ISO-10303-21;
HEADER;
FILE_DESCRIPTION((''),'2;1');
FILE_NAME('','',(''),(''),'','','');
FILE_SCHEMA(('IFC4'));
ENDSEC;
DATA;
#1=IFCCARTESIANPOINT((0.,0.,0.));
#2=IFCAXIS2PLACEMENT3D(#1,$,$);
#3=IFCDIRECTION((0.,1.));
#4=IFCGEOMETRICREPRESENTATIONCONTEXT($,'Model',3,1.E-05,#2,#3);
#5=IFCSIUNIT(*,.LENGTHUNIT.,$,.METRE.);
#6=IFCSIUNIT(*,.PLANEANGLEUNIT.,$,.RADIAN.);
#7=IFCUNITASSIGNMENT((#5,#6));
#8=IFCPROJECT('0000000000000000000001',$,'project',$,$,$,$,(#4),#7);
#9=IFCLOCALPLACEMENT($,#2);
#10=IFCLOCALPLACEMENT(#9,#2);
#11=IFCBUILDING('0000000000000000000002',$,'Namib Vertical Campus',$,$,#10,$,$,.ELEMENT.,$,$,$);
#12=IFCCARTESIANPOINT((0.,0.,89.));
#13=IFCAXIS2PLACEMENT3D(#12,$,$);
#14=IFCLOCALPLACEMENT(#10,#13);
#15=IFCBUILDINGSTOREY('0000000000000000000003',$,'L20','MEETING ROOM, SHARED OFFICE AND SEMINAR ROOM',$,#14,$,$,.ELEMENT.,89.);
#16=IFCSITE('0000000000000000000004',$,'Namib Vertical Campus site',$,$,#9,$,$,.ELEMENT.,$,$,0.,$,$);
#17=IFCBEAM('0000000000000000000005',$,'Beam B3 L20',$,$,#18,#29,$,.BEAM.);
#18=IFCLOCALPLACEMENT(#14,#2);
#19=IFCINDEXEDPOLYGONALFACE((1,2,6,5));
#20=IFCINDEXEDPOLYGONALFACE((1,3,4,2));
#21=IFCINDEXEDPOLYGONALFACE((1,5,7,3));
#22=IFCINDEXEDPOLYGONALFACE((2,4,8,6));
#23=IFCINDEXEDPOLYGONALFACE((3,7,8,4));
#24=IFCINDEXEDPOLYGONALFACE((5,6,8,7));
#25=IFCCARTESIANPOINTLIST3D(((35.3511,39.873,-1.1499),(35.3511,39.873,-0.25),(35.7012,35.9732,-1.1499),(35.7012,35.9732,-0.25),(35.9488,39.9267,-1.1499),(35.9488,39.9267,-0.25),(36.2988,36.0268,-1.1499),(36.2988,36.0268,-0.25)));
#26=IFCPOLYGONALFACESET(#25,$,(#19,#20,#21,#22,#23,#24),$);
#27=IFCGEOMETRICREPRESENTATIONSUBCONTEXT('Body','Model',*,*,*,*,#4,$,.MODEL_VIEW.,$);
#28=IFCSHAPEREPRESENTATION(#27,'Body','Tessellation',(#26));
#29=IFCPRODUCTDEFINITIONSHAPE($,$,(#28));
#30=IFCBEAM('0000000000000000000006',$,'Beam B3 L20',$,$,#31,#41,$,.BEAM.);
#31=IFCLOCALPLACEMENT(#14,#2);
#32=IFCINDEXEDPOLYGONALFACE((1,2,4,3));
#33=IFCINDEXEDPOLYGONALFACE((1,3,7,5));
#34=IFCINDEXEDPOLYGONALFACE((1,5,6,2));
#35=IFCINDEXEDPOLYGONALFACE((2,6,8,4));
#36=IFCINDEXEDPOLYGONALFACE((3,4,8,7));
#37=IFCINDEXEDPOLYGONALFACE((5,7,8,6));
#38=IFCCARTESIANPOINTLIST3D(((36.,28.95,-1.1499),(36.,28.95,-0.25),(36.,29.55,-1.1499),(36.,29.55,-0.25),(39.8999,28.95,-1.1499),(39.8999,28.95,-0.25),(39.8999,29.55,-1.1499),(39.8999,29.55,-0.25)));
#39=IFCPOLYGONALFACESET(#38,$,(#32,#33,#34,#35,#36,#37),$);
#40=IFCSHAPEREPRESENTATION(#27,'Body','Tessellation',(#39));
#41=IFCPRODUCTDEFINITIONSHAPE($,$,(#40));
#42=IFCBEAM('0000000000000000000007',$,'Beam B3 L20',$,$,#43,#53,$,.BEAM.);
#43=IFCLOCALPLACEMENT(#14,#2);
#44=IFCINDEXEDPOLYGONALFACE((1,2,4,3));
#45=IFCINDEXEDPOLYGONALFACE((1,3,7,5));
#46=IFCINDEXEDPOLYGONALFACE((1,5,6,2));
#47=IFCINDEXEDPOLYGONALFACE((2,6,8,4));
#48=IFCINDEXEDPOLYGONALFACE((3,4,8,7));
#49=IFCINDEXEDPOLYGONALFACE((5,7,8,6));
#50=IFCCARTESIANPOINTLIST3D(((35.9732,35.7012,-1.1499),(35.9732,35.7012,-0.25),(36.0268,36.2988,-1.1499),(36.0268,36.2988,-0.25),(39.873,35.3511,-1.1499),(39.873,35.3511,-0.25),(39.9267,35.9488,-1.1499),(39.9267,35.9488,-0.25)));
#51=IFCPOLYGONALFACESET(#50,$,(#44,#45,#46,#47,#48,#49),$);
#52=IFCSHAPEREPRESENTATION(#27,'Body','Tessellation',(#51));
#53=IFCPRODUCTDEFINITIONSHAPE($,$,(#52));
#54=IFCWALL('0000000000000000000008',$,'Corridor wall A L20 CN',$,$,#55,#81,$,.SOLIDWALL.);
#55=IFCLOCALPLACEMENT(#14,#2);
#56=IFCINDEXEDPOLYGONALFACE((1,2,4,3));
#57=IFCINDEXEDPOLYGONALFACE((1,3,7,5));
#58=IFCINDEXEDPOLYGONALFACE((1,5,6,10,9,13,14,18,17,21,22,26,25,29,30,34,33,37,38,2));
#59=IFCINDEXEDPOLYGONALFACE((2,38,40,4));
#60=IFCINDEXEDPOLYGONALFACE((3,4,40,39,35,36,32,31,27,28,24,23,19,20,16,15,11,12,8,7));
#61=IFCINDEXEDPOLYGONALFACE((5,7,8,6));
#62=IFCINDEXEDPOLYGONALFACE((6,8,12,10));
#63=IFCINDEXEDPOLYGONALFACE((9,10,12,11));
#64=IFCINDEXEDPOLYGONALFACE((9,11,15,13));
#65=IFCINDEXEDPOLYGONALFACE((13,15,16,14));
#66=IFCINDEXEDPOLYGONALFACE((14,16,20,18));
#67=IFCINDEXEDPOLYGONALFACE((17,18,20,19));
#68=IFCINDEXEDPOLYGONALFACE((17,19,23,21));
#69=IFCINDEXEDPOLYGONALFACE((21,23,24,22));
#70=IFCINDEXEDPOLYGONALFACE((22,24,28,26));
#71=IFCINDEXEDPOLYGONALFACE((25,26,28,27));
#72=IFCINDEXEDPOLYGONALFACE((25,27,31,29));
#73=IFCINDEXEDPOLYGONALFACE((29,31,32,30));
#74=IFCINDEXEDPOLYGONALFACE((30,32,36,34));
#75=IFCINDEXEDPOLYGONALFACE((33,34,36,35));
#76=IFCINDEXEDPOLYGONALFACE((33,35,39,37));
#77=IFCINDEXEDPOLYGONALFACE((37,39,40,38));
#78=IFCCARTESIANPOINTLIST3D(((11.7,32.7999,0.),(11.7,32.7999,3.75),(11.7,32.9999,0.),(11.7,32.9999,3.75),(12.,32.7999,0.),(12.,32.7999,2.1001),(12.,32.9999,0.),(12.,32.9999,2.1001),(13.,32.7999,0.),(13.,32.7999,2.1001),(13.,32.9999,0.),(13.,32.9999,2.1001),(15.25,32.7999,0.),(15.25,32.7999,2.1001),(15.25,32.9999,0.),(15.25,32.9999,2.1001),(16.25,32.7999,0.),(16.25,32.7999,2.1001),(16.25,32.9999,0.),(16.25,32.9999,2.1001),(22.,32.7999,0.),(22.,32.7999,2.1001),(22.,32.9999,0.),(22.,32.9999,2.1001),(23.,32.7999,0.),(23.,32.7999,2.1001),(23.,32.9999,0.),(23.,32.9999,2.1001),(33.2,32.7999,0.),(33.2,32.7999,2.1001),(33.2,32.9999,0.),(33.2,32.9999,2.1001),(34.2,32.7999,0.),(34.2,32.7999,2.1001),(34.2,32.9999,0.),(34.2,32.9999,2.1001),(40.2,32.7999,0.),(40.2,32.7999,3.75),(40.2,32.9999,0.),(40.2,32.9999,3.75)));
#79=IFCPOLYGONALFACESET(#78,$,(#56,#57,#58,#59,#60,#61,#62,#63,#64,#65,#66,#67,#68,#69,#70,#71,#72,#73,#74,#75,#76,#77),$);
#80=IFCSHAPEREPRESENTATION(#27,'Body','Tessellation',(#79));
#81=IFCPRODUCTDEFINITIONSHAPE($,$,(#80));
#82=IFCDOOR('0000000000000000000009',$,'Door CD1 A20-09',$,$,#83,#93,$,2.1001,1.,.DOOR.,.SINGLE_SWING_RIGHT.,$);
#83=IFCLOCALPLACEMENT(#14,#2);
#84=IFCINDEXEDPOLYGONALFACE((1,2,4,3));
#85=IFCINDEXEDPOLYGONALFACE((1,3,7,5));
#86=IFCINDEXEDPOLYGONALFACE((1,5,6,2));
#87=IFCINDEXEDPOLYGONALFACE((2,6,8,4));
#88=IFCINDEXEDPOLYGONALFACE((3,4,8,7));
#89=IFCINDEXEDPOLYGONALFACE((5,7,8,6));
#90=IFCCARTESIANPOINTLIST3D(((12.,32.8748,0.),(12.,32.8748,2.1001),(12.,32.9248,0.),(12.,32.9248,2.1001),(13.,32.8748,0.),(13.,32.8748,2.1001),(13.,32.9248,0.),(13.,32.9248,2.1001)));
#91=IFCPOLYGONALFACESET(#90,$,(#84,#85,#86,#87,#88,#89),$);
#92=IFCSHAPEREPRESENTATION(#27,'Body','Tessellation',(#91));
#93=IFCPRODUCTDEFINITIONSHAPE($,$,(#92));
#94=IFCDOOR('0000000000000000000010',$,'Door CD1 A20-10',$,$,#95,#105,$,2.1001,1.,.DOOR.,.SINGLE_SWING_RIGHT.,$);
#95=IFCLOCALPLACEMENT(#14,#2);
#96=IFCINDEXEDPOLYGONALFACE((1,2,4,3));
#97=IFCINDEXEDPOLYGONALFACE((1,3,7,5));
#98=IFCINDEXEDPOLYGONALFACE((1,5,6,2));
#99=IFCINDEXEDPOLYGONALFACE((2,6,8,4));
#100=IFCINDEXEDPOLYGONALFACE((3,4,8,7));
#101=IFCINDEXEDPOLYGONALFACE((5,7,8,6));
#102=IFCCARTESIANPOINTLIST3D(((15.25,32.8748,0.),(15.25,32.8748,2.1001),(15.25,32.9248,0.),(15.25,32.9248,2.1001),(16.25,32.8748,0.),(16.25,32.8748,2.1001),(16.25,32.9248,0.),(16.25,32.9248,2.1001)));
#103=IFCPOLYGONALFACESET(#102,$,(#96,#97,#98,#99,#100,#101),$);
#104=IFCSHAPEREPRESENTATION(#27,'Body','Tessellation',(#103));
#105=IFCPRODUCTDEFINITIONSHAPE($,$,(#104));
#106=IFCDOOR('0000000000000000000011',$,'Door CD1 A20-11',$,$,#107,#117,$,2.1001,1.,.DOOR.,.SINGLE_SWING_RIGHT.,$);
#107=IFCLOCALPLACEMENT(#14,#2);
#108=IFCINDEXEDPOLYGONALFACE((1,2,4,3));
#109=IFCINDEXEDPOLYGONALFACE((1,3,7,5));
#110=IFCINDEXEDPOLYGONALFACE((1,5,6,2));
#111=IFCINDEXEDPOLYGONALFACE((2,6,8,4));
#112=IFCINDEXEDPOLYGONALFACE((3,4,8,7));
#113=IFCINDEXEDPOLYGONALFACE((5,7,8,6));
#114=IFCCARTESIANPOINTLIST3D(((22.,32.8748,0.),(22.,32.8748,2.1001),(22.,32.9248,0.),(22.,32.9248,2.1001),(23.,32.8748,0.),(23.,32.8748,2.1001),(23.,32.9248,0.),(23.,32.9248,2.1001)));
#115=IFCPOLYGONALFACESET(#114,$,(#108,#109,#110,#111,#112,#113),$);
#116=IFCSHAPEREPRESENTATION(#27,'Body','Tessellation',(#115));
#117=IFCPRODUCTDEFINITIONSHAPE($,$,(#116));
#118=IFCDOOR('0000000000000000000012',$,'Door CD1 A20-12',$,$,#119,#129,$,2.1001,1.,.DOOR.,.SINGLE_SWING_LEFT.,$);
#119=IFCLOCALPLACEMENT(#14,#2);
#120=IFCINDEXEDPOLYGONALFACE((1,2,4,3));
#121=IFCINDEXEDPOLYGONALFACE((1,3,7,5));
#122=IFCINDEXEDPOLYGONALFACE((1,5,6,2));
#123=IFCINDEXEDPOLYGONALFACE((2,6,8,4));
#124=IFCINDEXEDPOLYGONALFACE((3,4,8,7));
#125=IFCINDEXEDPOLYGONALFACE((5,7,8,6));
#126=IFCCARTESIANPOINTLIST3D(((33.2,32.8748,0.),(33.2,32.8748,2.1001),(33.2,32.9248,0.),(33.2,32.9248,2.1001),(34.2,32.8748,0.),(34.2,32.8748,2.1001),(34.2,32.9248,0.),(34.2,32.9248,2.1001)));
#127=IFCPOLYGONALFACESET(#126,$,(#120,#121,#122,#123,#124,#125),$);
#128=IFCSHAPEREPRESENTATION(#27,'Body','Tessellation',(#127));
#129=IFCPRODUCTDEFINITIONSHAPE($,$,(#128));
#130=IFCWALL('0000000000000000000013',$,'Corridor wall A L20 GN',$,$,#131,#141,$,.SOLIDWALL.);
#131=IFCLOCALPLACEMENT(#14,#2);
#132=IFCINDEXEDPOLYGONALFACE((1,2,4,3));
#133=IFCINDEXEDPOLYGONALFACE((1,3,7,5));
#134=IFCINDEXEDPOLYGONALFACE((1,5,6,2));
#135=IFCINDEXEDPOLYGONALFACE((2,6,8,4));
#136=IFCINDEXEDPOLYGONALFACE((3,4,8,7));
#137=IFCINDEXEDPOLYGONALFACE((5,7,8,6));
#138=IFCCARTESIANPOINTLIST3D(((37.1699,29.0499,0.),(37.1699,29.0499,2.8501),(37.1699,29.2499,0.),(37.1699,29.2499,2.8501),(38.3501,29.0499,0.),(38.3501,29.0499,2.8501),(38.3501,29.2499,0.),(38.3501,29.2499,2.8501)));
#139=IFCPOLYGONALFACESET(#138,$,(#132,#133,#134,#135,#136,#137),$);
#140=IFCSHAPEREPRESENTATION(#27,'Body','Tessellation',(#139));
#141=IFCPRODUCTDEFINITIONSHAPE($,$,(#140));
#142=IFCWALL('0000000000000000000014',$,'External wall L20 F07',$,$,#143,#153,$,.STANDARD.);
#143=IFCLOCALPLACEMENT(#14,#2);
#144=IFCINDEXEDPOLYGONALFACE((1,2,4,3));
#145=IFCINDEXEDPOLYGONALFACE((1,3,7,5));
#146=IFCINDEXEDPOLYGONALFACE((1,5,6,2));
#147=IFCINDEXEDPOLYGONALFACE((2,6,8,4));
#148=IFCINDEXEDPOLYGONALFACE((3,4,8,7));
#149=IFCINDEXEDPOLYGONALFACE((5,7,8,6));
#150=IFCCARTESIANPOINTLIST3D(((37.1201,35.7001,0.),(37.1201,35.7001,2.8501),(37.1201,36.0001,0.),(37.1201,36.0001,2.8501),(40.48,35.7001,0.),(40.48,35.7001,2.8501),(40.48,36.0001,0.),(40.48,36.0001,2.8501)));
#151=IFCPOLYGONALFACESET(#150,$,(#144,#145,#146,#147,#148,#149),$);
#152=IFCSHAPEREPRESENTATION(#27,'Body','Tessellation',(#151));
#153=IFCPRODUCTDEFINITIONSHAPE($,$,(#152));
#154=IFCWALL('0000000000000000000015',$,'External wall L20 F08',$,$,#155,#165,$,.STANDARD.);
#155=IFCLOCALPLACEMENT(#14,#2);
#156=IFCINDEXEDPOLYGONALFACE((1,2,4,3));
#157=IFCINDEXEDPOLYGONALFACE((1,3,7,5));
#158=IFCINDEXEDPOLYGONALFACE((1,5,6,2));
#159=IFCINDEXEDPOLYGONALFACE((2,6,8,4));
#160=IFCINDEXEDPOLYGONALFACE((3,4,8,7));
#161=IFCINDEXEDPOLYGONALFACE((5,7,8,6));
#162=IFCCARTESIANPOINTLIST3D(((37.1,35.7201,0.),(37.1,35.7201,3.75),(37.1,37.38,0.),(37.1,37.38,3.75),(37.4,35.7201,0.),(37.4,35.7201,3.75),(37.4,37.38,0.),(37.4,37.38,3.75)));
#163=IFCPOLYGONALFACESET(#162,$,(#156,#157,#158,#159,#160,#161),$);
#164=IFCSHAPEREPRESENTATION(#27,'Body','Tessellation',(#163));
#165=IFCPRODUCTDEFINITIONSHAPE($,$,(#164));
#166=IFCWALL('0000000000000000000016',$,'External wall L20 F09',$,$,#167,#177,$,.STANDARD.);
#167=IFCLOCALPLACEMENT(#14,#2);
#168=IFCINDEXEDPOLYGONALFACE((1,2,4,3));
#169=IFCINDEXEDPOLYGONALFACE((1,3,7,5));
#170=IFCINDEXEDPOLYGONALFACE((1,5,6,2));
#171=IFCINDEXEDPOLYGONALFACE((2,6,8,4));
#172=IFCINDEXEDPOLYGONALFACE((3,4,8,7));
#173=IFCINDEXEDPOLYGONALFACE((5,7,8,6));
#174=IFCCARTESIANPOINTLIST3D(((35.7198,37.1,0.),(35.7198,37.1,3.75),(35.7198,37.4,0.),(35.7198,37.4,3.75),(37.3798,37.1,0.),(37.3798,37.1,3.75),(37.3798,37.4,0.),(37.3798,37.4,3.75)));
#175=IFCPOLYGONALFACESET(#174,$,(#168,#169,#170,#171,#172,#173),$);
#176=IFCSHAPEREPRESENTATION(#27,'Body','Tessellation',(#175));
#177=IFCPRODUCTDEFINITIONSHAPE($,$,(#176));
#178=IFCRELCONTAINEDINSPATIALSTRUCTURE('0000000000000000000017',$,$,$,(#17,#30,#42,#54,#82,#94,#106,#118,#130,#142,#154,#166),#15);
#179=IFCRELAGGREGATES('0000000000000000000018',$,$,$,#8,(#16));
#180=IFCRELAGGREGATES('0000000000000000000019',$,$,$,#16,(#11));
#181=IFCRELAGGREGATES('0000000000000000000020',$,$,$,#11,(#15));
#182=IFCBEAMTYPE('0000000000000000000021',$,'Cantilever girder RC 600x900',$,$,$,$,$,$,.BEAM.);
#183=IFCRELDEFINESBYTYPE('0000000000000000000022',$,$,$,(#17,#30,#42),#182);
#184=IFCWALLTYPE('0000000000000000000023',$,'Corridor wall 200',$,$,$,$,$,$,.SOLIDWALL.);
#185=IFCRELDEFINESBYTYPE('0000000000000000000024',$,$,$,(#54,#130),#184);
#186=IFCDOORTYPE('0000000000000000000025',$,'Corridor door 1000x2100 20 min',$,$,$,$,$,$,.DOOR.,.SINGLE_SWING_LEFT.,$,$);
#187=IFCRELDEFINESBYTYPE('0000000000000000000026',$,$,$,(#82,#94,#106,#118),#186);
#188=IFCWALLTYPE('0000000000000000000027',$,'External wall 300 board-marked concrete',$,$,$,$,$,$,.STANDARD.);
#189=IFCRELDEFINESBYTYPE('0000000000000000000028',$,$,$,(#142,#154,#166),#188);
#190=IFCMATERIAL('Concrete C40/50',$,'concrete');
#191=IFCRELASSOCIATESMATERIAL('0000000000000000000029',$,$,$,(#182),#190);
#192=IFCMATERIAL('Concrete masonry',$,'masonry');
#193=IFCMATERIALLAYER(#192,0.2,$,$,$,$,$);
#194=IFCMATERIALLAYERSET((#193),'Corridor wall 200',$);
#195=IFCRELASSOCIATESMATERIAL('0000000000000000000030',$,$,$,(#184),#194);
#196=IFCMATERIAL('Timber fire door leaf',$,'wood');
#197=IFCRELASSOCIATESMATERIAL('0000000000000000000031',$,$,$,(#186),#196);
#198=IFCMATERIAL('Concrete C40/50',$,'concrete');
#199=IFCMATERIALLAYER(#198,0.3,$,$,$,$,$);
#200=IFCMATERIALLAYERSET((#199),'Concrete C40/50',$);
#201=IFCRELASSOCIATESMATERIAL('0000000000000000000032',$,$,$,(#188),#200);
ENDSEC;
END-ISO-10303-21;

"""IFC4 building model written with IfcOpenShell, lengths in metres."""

from ifc_helpers import new_model, si_unit, direction, frame, frame_2d, origin, origin_2d, place, context, subcontext, project, spatial, rectangle, extrude, material, layer, layer_set, material_profile, profile_set, type_object, element, fill, save


model = new_model("IFC4")

# Units and contexts
model_context = context("Model", 3, precision=1e-05, world=origin(), true_north=direction((0.0, 1.0)))
body_context = subcontext(model_context, "Body", "Model", "MODEL_VIEW")
ifc_project = project(units=[si_unit("LENGTHUNIT", "METRE"), si_unit("PLANEANGLEUNIT", "RADIAN")], contexts=[model_context])

# Site, building, storey
site_placement = place(None, origin())
site = spatial("IfcSite", under=ifc_project, at=site_placement, Name="Namib Vertical Campus site", CompositionType="ELEMENT", RefElevation=0.0)
building_placement = place(site_placement, origin())
building = spatial("IfcBuilding", under=site, at=building_placement, Name="Namib Vertical Campus", CompositionType="ELEMENT")
storey_placement = place(building_placement, frame((0.0, 0.0, 89.0)))
storey = spatial("IfcBuildingStorey", under=building, at=storey_placement, Name="L20", Description="MEETING ROOM, SHARED OFFICE AND SEMINAR ROOM", CompositionType="ELEMENT", Elevation=89.0)

# Beams
ifc_material_1 = material(Name="Concrete C40/50", Category="concrete")
ifc_material_profile = material_profile(ifc_material_1, rectangle(XDim=0.6001, YDim=0.8999, at=origin_2d()))
ifc_profile_set = profile_set([ifc_material_profile], Name="Concrete C40/50")
beam_type = type_object("IfcBeamType", Name="Cantilever girder RC 600x900", PredefinedType="BEAM", material=ifc_profile_set)
beam_1_placement = place(storey_placement, frame((36.0, 36.0, -0.7), z_axis=(-0.089411, 0.995995, 0.0), x_axis=(-0.995995, -0.089411, 0.0)))
element("IfcBeam", 1, at=beam_1_placement, inside=storey, type_object=beam_type, Name="Beam B3 L20", PredefinedType="BEAM", context=body_context, shape_type="SweptSolid", body=[
    extrude(rectangle(XDim=0.6001, YDim=0.8999, at=origin_2d()), origin(), (0.0, 0.0, 1.0), 3.9155),
])
beam_2_placement = place(storey_placement, frame((36.0, 29.25, -0.7), z_axis=(1.0, 0.0, 0.0), x_axis=(0.0, 1.0, 0.0)))
element("IfcBeam", 2, at=beam_2_placement, inside=storey, type_object=beam_type, Name="Beam B3 L20", PredefinedType="BEAM", context=body_context, shape_type="SweptSolid", body=[
    extrude(rectangle(XDim=0.6001, YDim=0.8999, at=origin_2d()), origin(), (0.0, 0.0, 1.0), 3.8999),
])
beam_3_placement = place(storey_placement, frame((36.0, 36.0, -0.7), z_axis=(0.995995, -0.089411, 0.0), x_axis=(0.089411, 0.995995, 0.0)))
element("IfcBeam", 3, at=beam_3_placement, inside=storey, type_object=beam_type, Name="Beam B3 L20", PredefinedType="BEAM", context=body_context, shape_type="SweptSolid", body=[
    extrude(rectangle(XDim=0.6001, YDim=0.8999, at=origin_2d()), origin(), (0.0, 0.0, 1.0), 3.9155),
])

# Wall, openings, doors
ifc_material_2 = material(Name="Concrete masonry", Category="masonry")
ifc_layer_1 = layer(ifc_material_2, 0.2)
ifc_layer_set_1 = layer_set([ifc_layer_1], Name="Corridor wall 200")
wall_type_1 = type_object("IfcWallType", Name="Corridor wall 200", PredefinedType="SOLIDWALL", material=ifc_layer_set_1)
wall_1_placement = place(storey_placement, frame((40.2, 32.8999, 0.0), z_axis=(0.0, 0.0, 1.0), x_axis=(-1.0, 0.0, 0.0)))
wall_1 = element("IfcWall", 4, at=wall_1_placement, inside=storey, type_object=wall_type_1, Name="Corridor wall A L20 CN", PredefinedType="SOLIDWALL", context=body_context, shape_type="SweptSolid", body=[
    extrude(rectangle(XDim=28.5, YDim=0.2, at=frame_2d((14.25, 0.0))), origin(), (0.0, 0.0, 1.0), 3.75),
])
opening_1_placement = place(wall_1_placement, frame((27.2, 0.0, 0.0)))
opening_1 = element("IfcOpeningElement", 5, at=opening_1_placement, cuts=wall_1, PredefinedType="OPENING", context=body_context, shape_type="SweptSolid", body=[
    extrude(rectangle(XDim=1.0, YDim=2.1001, at=frame_2d((0.5, 1.05))), frame((0.0, 0.1099, 0.0), z_axis=(0.0, -1.0, 0.0), x_axis=(1.0, 0.0, 0.0)), (0.0, 0.0, 1.0), 0.22),
])
opening_2_placement = place(wall_1_placement, frame((23.95, 0.0, 0.0)))
opening_2 = element("IfcOpeningElement", 6, at=opening_2_placement, cuts=wall_1, PredefinedType="OPENING", context=body_context, shape_type="SweptSolid", body=[
    extrude(rectangle(XDim=1.0, YDim=2.1001, at=frame_2d((0.5, 1.05))), frame((0.0, 0.1099, 0.0), z_axis=(0.0, -1.0, 0.0), x_axis=(1.0, 0.0, 0.0)), (0.0, 0.0, 1.0), 0.22),
])
opening_3_placement = place(wall_1_placement, frame((17.2, 0.0, 0.0)))
opening_3 = element("IfcOpeningElement", 7, at=opening_3_placement, cuts=wall_1, PredefinedType="OPENING", context=body_context, shape_type="SweptSolid", body=[
    extrude(rectangle(XDim=1.0, YDim=2.1001, at=frame_2d((0.5, 1.05))), frame((0.0, 0.1099, 0.0), z_axis=(0.0, -1.0, 0.0), x_axis=(1.0, 0.0, 0.0)), (0.0, 0.0, 1.0), 0.22),
])
opening_4_placement = place(wall_1_placement, frame((6.0, 0.0, 0.0)))
opening_4 = element("IfcOpeningElement", 8, at=opening_4_placement, cuts=wall_1, PredefinedType="OPENING", context=body_context, shape_type="SweptSolid", body=[
    extrude(rectangle(XDim=1.0, YDim=2.1001, at=frame_2d((0.5, 1.05))), frame((0.0, 0.1099, 0.0), z_axis=(0.0, -1.0, 0.0), x_axis=(1.0, 0.0, 0.0)), (0.0, 0.0, 1.0), 0.22),
])
ifc_material_3 = material(Name="Timber fire door leaf", Category="wood")
door_type = type_object("IfcDoorType", Name="Corridor door 1000x2100 20 min", OperationType="SINGLE_SWING_LEFT", PredefinedType="DOOR", material=ifc_material_3)
door_1_placement = place(opening_1_placement, frame((1.0, 0.0, 0.0), z_axis=(0.0, 0.0, 1.0), x_axis=(-1.0, 0.0, 0.0)))
door_1 = element("IfcDoor", 9, at=door_1_placement, inside=storey, type_object=door_type, Name="Door CD1 A20-09", OperationType="SINGLE_SWING_RIGHT", OverallHeight=2.1001, OverallWidth=1.0, PredefinedType="DOOR", context=body_context, shape_type="SweptSolid", body=[
    extrude(rectangle(XDim=1.0, YDim=2.1001, at=frame_2d((0.5, 1.05))), frame((0.0, 0.0249, 0.0), z_axis=(0.0, -1.0, 0.0), x_axis=(1.0, 0.0, 0.0)), (0.0, 0.0, 1.0), 0.05),
])
fill(opening_1, door_1)
door_2_placement = place(opening_2_placement, frame((1.0, 0.0, 0.0), z_axis=(0.0, 0.0, 1.0), x_axis=(-1.0, 0.0, 0.0)))
door_2 = element("IfcDoor", 10, at=door_2_placement, inside=storey, type_object=door_type, Name="Door CD1 A20-10", OperationType="SINGLE_SWING_RIGHT", OverallHeight=2.1001, OverallWidth=1.0, PredefinedType="DOOR", context=body_context, shape_type="SweptSolid", body=[
    extrude(rectangle(XDim=1.0, YDim=2.1001, at=frame_2d((0.5, 1.05))), frame((0.0, 0.0249, 0.0), z_axis=(0.0, -1.0, 0.0), x_axis=(1.0, 0.0, 0.0)), (0.0, 0.0, 1.0), 0.05),
])
fill(opening_2, door_2)
door_3_placement = place(opening_3_placement, frame((1.0, 0.0, 0.0), z_axis=(0.0, 0.0, 1.0), x_axis=(-1.0, 0.0, 0.0)))
door_3 = element("IfcDoor", 11, at=door_3_placement, inside=storey, type_object=door_type, Name="Door CD1 A20-11", OperationType="SINGLE_SWING_RIGHT", OverallHeight=2.1001, OverallWidth=1.0, PredefinedType="DOOR", context=body_context, shape_type="SweptSolid", body=[
    extrude(rectangle(XDim=1.0, YDim=2.1001, at=frame_2d((0.5, 1.05))), frame((0.0, 0.0249, 0.0), z_axis=(0.0, -1.0, 0.0), x_axis=(1.0, 0.0, 0.0)), (0.0, 0.0, 1.0), 0.05),
])
fill(opening_3, door_3)
door_4_placement = place(opening_4_placement, frame((1.0, 0.0, 0.0), z_axis=(0.0, 0.0, 1.0), x_axis=(-1.0, 0.0, 0.0)))
door_4 = element("IfcDoor", 12, at=door_4_placement, inside=storey, type_object=door_type, Name="Door CD1 A20-12", OperationType="SINGLE_SWING_LEFT", OverallHeight=2.1001, OverallWidth=1.0, PredefinedType="DOOR", context=body_context, shape_type="SweptSolid", body=[
    extrude(rectangle(XDim=1.0, YDim=2.1001, at=frame_2d((0.5, 1.05))), frame((0.0, 0.0249, 0.0), z_axis=(0.0, -1.0, 0.0), x_axis=(1.0, 0.0, 0.0)), (0.0, 0.0, 1.0), 0.05),
])
fill(opening_4, door_4)

# Walls
wall_2_placement = place(storey_placement, frame((37.1699, 29.1499, 0.0), z_axis=(0.0, 0.0, 1.0), x_axis=(1.0, 0.0, 0.0)))
element("IfcWall", 13, at=wall_2_placement, inside=storey, type_object=wall_type_1, Name="Corridor wall A L20 GN", PredefinedType="SOLIDWALL", context=body_context, shape_type="SweptSolid", body=[
    extrude(rectangle(XDim=1.1802, YDim=0.2, at=frame_2d((0.5901, 0.0))), origin(), (0.0, 0.0, 1.0), 2.8501),
])
ifc_material_4 = material(Name="Concrete C40/50", Category="concrete")
ifc_layer_2 = layer(ifc_material_4, 0.3)
ifc_layer_set_2 = layer_set([ifc_layer_2], Name="Concrete C40/50")
wall_type_2 = type_object("IfcWallType", Name="External wall 300 board-marked concrete", PredefinedType="STANDARD", material=ifc_layer_set_2)
wall_3_placement = place(storey_placement, frame((40.48, 35.8501, 0.0), z_axis=(0.0, 0.0, 1.0), x_axis=(-1.0, 0.0, 0.0)))
element("IfcWall", 14, at=wall_3_placement, inside=storey, type_object=wall_type_2, Name="External wall L20 F07", PredefinedType="STANDARD", context=body_context, shape_type="SweptSolid", body=[
    extrude(rectangle(XDim=3.3599, YDim=0.3, at=frame_2d((1.6799, 0.0))), origin(), (0.0, 0.0, 1.0), 2.8501),
])
for number, where, z_axis, x_axis, name in (
    (15, (37.25, 35.72, 0.0), (0.0, 0.0, 1.0), (0.0, 1.0, 0.0), "External wall L20 F08"),
    (16, (37.3799, 37.25, 0.0), (0.0, 0.0, 1.0), (-1.0, 0.0, 0.0), "External wall L20 F09"),
):
    element("IfcWall", number, at=place(storey_placement, frame(where, z_axis=z_axis, x_axis=x_axis)), inside=storey, type_object=wall_type_2, Name=name, PredefinedType="STANDARD", context=body_context, shape_type="SweptSolid", body=[
        extrude(rectangle(XDim=1.6599, YDim=0.3, at=frame_2d((0.8301, 0.0))), origin(), (0.0, 0.0, 1.0), 3.75),
    ])

save(model, "model.ifc")
